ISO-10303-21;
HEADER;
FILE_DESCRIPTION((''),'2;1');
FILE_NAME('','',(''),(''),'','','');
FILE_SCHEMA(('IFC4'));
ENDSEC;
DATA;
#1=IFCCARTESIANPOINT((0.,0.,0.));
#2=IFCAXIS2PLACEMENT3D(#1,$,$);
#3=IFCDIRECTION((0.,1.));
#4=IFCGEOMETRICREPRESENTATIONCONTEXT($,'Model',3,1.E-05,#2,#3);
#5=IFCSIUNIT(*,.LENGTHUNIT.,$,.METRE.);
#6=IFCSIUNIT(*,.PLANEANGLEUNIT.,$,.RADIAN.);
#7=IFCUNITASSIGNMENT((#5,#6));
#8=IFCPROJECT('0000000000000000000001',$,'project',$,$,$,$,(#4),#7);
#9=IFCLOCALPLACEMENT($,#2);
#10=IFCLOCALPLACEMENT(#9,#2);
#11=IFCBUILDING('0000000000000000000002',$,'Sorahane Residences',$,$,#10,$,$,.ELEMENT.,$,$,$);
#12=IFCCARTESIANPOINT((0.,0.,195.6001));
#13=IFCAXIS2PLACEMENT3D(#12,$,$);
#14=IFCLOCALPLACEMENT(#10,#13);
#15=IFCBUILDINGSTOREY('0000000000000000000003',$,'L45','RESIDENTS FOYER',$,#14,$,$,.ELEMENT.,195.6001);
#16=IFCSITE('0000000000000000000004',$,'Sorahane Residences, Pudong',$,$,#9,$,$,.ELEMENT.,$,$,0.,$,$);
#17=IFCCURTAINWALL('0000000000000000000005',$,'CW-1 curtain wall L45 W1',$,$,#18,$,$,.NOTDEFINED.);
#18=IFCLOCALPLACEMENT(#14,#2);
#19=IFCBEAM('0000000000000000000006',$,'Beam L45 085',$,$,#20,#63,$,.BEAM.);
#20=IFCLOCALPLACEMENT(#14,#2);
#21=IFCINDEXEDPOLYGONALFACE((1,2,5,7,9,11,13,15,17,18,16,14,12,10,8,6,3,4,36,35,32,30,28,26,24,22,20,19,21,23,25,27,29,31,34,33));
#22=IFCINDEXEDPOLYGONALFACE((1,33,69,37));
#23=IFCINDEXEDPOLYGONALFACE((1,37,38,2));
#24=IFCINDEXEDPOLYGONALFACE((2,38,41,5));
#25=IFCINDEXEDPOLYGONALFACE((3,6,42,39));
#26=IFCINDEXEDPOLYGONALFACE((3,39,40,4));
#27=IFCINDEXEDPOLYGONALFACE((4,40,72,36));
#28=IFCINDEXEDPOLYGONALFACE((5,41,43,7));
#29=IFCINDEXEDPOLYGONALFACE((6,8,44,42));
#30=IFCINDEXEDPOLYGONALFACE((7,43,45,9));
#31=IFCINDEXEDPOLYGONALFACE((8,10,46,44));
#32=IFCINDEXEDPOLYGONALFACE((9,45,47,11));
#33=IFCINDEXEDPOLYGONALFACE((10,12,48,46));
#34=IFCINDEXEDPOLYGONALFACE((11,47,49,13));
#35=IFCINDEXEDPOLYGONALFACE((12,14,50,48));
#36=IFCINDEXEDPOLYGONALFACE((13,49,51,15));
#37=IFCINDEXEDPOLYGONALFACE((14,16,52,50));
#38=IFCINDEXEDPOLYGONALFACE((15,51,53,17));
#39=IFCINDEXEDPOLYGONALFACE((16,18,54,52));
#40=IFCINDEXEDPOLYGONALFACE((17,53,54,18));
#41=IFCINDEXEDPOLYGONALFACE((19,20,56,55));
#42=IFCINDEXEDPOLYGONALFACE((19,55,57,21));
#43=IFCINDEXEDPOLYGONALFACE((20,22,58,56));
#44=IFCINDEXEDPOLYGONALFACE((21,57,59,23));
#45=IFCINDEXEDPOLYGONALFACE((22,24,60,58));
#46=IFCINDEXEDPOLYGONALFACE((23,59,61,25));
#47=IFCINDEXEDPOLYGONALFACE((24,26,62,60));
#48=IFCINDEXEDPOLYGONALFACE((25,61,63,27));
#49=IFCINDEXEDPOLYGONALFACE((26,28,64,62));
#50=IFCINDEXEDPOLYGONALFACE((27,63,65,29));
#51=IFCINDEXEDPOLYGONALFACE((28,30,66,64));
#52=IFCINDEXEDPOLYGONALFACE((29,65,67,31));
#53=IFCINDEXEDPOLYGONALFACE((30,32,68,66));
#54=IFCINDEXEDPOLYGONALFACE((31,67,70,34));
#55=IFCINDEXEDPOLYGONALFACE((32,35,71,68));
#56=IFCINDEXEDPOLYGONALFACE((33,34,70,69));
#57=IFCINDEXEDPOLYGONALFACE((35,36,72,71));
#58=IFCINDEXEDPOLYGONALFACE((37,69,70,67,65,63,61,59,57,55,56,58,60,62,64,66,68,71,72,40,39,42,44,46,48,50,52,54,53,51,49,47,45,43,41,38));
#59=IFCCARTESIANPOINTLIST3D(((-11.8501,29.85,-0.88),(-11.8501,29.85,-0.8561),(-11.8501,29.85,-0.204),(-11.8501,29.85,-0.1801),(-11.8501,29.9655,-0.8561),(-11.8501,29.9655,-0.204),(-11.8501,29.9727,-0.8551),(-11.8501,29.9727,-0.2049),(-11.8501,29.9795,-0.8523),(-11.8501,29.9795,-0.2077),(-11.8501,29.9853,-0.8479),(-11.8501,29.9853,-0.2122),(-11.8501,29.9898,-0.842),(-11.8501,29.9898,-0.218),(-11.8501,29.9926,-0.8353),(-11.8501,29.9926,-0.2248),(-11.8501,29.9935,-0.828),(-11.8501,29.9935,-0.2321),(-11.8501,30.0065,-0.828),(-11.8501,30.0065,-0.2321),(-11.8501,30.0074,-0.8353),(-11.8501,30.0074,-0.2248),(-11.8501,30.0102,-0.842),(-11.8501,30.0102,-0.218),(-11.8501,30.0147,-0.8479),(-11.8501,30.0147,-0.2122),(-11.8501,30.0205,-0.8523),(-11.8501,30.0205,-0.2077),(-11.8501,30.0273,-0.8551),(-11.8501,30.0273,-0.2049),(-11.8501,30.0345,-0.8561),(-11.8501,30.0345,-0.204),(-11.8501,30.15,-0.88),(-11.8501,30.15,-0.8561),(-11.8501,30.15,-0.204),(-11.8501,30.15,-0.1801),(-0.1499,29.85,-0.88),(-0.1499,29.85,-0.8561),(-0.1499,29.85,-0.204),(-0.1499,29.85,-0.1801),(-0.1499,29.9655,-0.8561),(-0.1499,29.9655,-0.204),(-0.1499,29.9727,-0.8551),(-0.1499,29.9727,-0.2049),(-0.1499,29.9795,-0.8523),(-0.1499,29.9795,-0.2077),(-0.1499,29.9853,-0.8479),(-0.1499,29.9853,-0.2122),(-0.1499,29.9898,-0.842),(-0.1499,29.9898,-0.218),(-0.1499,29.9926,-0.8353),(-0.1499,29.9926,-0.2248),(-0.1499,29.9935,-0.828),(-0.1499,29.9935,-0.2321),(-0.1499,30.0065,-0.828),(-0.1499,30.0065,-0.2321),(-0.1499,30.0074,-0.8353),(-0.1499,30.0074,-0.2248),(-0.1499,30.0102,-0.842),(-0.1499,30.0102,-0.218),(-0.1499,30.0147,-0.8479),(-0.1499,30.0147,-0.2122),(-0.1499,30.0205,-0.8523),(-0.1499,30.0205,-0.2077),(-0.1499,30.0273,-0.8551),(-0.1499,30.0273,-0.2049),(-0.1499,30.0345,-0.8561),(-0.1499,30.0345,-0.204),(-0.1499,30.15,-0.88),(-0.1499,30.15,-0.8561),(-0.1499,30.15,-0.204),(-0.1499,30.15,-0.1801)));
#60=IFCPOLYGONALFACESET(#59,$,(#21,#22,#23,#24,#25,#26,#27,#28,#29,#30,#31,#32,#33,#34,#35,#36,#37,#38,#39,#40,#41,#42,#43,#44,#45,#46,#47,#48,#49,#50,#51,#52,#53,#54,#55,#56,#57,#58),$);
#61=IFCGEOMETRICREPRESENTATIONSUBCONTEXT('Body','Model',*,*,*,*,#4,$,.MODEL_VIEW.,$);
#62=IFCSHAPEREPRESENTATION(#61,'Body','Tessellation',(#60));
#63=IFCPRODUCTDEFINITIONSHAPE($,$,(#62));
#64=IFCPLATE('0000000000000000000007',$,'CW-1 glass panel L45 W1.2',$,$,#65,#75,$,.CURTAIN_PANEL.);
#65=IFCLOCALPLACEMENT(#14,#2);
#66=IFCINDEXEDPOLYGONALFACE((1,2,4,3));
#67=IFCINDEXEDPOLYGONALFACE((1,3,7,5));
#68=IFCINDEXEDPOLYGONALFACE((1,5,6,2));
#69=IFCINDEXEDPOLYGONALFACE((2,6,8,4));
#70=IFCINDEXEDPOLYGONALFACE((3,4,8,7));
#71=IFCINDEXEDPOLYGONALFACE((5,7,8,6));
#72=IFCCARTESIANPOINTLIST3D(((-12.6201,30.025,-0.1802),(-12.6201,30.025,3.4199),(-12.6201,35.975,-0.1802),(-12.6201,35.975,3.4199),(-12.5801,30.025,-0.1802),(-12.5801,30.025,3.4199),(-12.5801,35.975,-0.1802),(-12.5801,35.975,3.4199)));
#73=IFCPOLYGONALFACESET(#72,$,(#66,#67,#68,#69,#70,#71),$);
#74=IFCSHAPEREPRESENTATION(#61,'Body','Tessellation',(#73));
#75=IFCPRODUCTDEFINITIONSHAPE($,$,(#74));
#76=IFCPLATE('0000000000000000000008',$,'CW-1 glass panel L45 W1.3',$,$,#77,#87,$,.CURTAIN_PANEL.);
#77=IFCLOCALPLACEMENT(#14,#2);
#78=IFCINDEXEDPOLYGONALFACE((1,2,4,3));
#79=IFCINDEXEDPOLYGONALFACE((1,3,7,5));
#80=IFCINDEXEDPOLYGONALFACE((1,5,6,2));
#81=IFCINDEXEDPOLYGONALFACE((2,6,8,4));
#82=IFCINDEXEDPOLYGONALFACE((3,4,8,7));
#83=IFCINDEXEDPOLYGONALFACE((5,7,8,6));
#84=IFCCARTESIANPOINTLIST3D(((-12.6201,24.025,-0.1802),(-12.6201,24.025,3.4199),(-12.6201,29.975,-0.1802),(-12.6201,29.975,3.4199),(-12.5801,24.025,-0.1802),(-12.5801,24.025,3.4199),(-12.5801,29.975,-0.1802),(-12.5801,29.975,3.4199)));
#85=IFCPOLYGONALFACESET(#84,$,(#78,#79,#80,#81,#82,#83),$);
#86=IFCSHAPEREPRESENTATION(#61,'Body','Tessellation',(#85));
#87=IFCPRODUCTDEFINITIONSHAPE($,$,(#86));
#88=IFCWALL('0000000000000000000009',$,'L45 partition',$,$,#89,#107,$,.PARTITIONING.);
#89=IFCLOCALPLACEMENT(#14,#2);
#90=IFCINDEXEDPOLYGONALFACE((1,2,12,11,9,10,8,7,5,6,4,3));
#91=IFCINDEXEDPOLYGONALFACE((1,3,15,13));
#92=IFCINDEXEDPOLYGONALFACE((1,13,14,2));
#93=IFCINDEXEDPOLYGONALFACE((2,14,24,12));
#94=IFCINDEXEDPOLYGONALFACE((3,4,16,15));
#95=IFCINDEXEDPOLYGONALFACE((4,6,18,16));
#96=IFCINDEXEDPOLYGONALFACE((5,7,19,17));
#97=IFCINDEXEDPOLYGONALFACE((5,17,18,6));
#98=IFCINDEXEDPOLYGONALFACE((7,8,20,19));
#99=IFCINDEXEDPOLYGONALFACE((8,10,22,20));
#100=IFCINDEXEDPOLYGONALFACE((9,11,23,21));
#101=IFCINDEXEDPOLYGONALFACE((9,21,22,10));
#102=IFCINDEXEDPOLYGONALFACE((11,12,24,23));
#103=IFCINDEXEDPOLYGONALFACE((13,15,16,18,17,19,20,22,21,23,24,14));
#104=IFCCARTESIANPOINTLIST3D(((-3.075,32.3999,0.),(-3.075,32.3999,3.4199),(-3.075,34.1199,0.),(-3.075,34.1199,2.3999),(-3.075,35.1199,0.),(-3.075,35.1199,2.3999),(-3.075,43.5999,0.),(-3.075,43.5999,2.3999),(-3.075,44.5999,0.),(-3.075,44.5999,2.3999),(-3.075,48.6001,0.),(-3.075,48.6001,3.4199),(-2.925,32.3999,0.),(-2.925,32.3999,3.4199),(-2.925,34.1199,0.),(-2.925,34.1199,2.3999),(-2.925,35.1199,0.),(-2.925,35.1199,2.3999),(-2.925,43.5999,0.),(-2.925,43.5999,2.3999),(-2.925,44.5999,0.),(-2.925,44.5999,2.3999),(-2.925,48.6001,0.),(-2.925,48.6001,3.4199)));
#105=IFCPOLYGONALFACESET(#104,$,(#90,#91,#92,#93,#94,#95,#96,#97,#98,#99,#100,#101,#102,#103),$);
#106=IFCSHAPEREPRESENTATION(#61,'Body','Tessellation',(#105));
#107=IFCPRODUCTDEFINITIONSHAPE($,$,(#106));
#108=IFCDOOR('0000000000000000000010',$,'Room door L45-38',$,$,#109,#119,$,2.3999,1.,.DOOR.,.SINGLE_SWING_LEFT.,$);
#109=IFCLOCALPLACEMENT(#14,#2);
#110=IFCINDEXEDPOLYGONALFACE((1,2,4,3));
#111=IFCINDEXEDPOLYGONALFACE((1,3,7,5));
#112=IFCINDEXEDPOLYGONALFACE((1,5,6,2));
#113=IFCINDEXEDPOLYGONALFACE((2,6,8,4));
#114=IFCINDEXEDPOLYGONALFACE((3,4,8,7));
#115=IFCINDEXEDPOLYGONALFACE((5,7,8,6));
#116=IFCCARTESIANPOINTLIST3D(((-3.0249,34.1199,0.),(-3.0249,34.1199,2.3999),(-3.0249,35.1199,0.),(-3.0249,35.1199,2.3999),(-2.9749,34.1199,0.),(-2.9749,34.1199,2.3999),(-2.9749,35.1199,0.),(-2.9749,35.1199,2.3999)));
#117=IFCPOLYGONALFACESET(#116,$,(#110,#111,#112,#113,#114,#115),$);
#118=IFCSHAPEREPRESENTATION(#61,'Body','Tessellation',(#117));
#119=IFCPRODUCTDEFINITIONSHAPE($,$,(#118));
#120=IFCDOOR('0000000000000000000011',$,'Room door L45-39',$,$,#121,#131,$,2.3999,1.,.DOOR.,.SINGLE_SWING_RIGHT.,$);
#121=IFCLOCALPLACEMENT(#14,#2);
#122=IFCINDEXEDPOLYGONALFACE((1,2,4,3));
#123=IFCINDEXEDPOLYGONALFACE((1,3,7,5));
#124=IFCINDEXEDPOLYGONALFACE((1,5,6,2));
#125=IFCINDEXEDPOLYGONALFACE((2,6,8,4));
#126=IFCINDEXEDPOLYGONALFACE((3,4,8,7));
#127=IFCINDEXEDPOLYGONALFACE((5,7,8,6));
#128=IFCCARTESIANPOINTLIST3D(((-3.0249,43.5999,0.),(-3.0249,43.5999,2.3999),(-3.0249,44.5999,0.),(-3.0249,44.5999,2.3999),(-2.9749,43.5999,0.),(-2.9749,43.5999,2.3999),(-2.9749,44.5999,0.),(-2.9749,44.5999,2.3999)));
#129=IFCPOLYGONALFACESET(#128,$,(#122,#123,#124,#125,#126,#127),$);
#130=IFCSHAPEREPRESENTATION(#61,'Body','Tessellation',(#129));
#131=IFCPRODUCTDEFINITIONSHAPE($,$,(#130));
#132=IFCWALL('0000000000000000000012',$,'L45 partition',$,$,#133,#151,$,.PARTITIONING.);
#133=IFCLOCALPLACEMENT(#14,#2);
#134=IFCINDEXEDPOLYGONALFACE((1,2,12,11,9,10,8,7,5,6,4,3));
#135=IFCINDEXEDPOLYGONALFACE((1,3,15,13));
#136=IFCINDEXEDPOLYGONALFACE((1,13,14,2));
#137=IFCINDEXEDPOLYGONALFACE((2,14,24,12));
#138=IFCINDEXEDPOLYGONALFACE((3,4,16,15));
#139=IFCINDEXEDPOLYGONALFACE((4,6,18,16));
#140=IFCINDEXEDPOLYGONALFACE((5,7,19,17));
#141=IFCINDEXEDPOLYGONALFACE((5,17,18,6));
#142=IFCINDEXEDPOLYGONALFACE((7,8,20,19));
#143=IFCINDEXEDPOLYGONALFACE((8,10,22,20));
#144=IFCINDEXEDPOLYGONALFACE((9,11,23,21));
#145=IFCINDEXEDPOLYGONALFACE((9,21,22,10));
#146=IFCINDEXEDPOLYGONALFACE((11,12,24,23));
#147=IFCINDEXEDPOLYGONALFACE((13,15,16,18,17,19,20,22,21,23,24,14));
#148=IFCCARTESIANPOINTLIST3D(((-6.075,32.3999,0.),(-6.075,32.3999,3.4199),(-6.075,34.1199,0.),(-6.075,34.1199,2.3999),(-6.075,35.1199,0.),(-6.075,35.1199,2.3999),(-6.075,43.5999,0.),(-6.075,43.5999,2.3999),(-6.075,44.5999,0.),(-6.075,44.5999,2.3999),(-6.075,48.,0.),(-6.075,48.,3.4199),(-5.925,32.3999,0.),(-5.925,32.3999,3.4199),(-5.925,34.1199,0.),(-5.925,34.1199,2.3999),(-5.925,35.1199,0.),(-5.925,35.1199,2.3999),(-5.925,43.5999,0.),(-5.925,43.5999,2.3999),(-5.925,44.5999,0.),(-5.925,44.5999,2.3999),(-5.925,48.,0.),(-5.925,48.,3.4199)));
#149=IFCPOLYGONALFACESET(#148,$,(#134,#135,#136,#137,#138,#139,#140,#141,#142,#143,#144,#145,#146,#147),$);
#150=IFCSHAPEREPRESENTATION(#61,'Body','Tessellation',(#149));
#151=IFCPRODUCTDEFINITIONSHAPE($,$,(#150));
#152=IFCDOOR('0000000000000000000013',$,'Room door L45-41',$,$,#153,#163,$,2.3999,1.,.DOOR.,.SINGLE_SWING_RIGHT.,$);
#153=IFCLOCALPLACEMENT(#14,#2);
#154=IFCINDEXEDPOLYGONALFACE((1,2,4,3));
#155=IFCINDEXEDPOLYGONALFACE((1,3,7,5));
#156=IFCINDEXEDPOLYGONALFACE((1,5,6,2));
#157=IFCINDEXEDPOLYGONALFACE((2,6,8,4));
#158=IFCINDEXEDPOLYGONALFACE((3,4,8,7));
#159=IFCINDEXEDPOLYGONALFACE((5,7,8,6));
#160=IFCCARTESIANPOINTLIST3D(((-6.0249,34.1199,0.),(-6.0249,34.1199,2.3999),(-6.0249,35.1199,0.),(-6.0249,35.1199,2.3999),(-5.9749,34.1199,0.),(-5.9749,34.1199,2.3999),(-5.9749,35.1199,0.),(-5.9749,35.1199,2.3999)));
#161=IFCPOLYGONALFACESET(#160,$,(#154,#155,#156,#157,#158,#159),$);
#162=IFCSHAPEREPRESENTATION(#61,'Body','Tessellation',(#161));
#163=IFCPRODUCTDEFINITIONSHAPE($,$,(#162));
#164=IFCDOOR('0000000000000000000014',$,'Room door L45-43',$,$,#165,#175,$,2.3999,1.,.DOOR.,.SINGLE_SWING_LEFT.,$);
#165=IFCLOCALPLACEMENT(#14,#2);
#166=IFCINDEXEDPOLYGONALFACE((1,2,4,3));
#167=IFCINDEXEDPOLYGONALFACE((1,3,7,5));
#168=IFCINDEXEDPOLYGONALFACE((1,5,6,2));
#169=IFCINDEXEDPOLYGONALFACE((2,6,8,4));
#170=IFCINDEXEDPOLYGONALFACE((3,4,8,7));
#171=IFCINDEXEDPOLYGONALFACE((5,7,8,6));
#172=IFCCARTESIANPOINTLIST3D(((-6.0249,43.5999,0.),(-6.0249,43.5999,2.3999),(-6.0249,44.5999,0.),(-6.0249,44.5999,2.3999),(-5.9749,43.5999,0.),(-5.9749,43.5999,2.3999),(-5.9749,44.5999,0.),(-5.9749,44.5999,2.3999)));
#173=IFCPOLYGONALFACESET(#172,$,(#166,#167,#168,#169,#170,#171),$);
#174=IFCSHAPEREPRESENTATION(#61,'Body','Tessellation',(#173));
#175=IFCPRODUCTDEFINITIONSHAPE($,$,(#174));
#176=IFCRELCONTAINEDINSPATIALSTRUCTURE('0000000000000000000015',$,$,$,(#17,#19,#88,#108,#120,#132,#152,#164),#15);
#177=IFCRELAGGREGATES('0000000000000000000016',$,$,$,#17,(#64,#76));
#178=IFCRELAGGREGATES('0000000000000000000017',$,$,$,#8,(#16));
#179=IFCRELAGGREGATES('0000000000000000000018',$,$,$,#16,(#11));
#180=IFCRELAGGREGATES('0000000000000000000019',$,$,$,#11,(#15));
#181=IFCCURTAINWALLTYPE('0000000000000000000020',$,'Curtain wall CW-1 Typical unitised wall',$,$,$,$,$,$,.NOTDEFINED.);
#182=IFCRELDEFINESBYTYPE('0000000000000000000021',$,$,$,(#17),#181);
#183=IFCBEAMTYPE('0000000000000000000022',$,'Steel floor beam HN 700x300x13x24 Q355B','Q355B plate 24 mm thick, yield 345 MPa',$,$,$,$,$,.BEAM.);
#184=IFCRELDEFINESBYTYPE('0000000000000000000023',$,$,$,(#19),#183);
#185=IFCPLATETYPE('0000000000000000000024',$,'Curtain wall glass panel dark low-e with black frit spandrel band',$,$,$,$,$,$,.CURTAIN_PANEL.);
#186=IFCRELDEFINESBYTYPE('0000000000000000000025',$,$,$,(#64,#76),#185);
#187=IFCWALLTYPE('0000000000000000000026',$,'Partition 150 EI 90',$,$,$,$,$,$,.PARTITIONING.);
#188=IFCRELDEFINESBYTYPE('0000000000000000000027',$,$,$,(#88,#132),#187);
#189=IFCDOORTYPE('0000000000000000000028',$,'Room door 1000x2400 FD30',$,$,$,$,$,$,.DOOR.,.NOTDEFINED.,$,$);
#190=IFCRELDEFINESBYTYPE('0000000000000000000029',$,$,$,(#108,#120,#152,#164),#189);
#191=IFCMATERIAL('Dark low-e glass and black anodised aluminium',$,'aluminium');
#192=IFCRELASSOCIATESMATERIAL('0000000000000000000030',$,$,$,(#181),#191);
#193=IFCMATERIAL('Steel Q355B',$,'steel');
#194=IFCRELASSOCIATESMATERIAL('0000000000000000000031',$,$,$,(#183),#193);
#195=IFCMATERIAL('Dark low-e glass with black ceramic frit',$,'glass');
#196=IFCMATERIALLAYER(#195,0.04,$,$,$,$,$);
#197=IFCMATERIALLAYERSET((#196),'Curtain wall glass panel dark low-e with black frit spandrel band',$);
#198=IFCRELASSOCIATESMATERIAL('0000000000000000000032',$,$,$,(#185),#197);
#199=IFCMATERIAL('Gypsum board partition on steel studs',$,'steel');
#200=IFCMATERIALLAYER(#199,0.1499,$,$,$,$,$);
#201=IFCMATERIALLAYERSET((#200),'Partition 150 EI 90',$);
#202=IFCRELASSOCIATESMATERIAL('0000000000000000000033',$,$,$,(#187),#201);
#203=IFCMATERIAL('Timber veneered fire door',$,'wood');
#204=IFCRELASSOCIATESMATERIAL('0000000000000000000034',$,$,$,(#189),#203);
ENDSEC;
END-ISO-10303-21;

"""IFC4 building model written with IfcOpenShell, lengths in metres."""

from ifc_helpers import new_model, si_unit, direction, frame, frame_2d, origin, origin_2d, place, context, subcontext, project, spatial, rectangle, i_section, extrude, material, layer, layer_set, material_profile, profile_set, type_object, element, fill, aggregate, save


model = new_model("IFC4")

# Units and contexts
model_context = context("Model", 3, precision=1e-05, world=origin(), true_north=direction((0.0, 1.0)))
body_context = subcontext(model_context, "Body", "Model", "MODEL_VIEW")
ifc_project = project(units=[si_unit("LENGTHUNIT", "METRE"), si_unit("PLANEANGLEUNIT", "RADIAN")], contexts=[model_context])

# Site, building, storey
site_placement = place(None, origin())
site = spatial("IfcSite", under=ifc_project, at=site_placement, Name="Sorahane Residences, Pudong", CompositionType="ELEMENT", RefElevation=0.0)
building_placement = place(site_placement, origin())
building = spatial("IfcBuilding", under=site, at=building_placement, Name="Sorahane Residences", CompositionType="ELEMENT")
storey_placement = place(building_placement, frame((0.0, 0.0, 195.6001)))
storey = spatial("IfcBuildingStorey", under=building, at=storey_placement, Name="L45", Description="RESIDENTS FOYER", CompositionType="ELEMENT", Elevation=195.6001)

# Curtain wall
ifc_material_1 = material(Name="Dark low-e glass and black anodised aluminium", Category="aluminium")
curtain_wall_type = type_object("IfcCurtainWallType", Name="Curtain wall CW-1 Typical unitised wall", PredefinedType="NOTDEFINED", material=ifc_material_1)
curtain_wall_placement = place(storey_placement, origin())
curtain_wall = element("IfcCurtainWall", 1, at=curtain_wall_placement, inside=storey, type_object=curtain_wall_type, Name="CW-1 curtain wall L45 W1", PredefinedType="NOTDEFINED")

# Beam
ifc_material_2 = material(Name="Steel Q355B", Category="steel")
ifc_material_profile_1 = material_profile(ifc_material_2, i_section(OverallWidth=0.3, OverallDepth=0.7, WebThickness=0.0129, FlangeThickness=0.0239, FilletRadius=0.0281, at=origin_2d()), Name="HN 700x300x13x24")
ifc_profile_set_1 = profile_set([ifc_material_profile_1], Name="Steel Q355B")
beam_type_1 = type_object("IfcBeamType", Name="Steel floor beam HN 700x300x13x24 Q355B", Description="Q355B plate 24 mm thick, yield 345 MPa", PredefinedType="BEAM", material=ifc_profile_set_1)
beam_1_placement = place(storey_placement, frame((-11.8501, 30.0, -0.53), z_axis=(1.0, 0.0, 0.0), x_axis=(0.0, 1.0, 0.0)))
element("IfcBeam", 2, at=beam_1_placement, inside=storey, type_object=beam_type_1, Name="Beam L45 085", PredefinedType="BEAM", context=body_context, shape_type="SweptSolid", body=[
    extrude(i_section(OverallWidth=0.3, OverallDepth=0.7, WebThickness=0.0129, FlangeThickness=0.0239, FilletRadius=0.0281, at=origin_2d()), origin(), (0.0, 0.0, 1.0), 11.7002),
])

# Plates
ifc_material_3 = material(Name="Dark low-e glass with black ceramic frit", Category="glass")
ifc_layer_1 = layer(ifc_material_3, 0.04)
ifc_layer_set_1 = layer_set([ifc_layer_1], Name="Curtain wall glass panel dark low-e with black frit spandrel band")
plate_type = type_object("IfcPlateType", Name="Curtain wall glass panel dark low-e with black frit spandrel band", PredefinedType="CURTAIN_PANEL", material=ifc_layer_set_1)
plate_1_placement = place(storey_placement, frame((-12.6001, 33.0, -0.1802), z_axis=(0.0, 0.0, 1.0), x_axis=(0.0, -1.0, 0.0)))
plate_1 = element("IfcPlate", 3, at=plate_1_placement, type_object=plate_type, Name="CW-1 glass panel L45 W1.2", PredefinedType="CURTAIN_PANEL", context=body_context, shape_type="SweptSolid", body=[
    extrude(rectangle(XDim=5.95, YDim=0.04, at=origin_2d()), origin(), (0.0, 0.0, 1.0), 3.6001),
])
plate_2_placement = place(storey_placement, frame((-12.6001, 27.0, -0.1802), z_axis=(0.0, 0.0, 1.0), x_axis=(0.0, -1.0, 0.0)))
plate_2 = element("IfcPlate", 4, at=plate_2_placement, type_object=plate_type, Name="CW-1 glass panel L45 W1.3", PredefinedType="CURTAIN_PANEL", context=body_context, shape_type="SweptSolid", body=[
    extrude(rectangle(XDim=5.95, YDim=0.04, at=origin_2d()), origin(), (0.0, 0.0, 1.0), 3.6001),
])
aggregate(curtain_wall, [plate_1, plate_2])

# Walls, openings, doors
ifc_material_4 = material(Name="Gypsum board partition on steel studs", Category="steel")
ifc_layer_2 = layer(ifc_material_4, 0.1499)
ifc_layer_set_2 = layer_set([ifc_layer_2], Name="Partition 150 EI 90")
wall_type_1 = type_object("IfcWallType", Name="Partition 150 EI 90", PredefinedType="PARTITIONING", material=ifc_layer_set_2)
wall_1_placement = place(storey_placement, frame((-3.0, 32.3999, 0.0), z_axis=(0.0, 0.0, 1.0), x_axis=(0.0, 1.0, 0.0)))
wall_1 = element("IfcWall", 5, at=wall_1_placement, inside=storey, type_object=wall_type_1, Name="L45 partition", PredefinedType="PARTITIONING", context=body_context, shape_type="SweptSolid", body=[
    extrude(rectangle(XDim=16.2002, YDim=0.1499, at=frame_2d((8.1001, 0.0))), origin(), (0.0, 0.0, 1.0), 3.4199),
])
opening_1_placement = place(wall_1_placement, frame((1.72, 0.0, 0.0)))
opening_1 = element("IfcOpeningElement", 6, at=opening_1_placement, cuts=wall_1, PredefinedType="OPENING", context=body_context, shape_type="SweptSolid", body=[
    extrude(rectangle(XDim=1.0, YDim=2.3999, at=frame_2d((0.5, 1.2))), frame((0.0, 0.085, 0.0), z_axis=(0.0, -1.0, 0.0), x_axis=(1.0, 0.0, 0.0)), (0.0, 0.0, 1.0), 0.1699),
])
opening_2_placement = place(wall_1_placement, frame((11.2, 0.0, 0.0)))
opening_2 = element("IfcOpeningElement", 7, at=opening_2_placement, cuts=wall_1, PredefinedType="OPENING", context=body_context, shape_type="SweptSolid", body=[
    extrude(rectangle(XDim=1.0, YDim=2.3999, at=frame_2d((0.5, 1.2))), frame((0.0, 0.085, 0.0), z_axis=(0.0, -1.0, 0.0), x_axis=(1.0, 0.0, 0.0)), (0.0, 0.0, 1.0), 0.1699),
])
ifc_material_5 = material(Name="Timber veneered fire door", Category="wood")
door_type_1 = type_object("IfcDoorType", Name="Room door 1000x2400 FD30", OperationType="NOTDEFINED", PredefinedType="DOOR", material=ifc_material_5)
door_1_placement = place(opening_1_placement, origin())
door_1 = element("IfcDoor", 8, at=door_1_placement, inside=storey, type_object=door_type_1, Name="Room door L45-38", OperationType="SINGLE_SWING_LEFT", OverallHeight=2.3999, OverallWidth=1.0, PredefinedType="DOOR", context=body_context, shape_type="SweptSolid", body=[
    extrude(rectangle(XDim=1.0, YDim=2.3999, at=frame_2d((0.5, 1.2))), frame((0.0, 0.0249, 0.0), z_axis=(0.0, -1.0, 0.0), x_axis=(1.0, 0.0, 0.0)), (0.0, 0.0, 1.0), 0.05),
])
fill(opening_1, door_1)
door_2_placement = place(opening_2_placement, origin())
door_2 = element("IfcDoor", 9, at=door_2_placement, inside=storey, type_object=door_type_1, Name="Room door L45-39", OperationType="SINGLE_SWING_RIGHT", OverallHeight=2.3999, OverallWidth=1.0, PredefinedType="DOOR", context=body_context, shape_type="SweptSolid", body=[
    extrude(rectangle(XDim=1.0, YDim=2.3999, at=frame_2d((0.5, 1.2))), frame((0.0, 0.0249, 0.0), z_axis=(0.0, -1.0, 0.0), x_axis=(1.0, 0.0, 0.0)), (0.0, 0.0, 1.0), 0.05),
])
fill(opening_2, door_2)
wall_2_placement = place(storey_placement, frame((-6.0, 32.3999, 0.0), z_axis=(0.0, 0.0, 1.0), x_axis=(0.0, 1.0, 0.0)))
wall_2 = element("IfcWall", 10, at=wall_2_placement, inside=storey, type_object=wall_type_1, Name="L45 partition", PredefinedType="PARTITIONING", context=body_context, shape_type="SweptSolid", body=[
    extrude(rectangle(XDim=15.6001, YDim=0.1499, at=frame_2d((7.8, 0.0))), origin(), (0.0, 0.0, 1.0), 3.4199),
])
opening_3_placement = place(wall_2_placement, frame((1.72, 0.0, 0.0)))
opening_3 = element("IfcOpeningElement", 11, at=opening_3_placement, cuts=wall_2, PredefinedType="OPENING", context=body_context, shape_type="SweptSolid", body=[
    extrude(rectangle(XDim=1.0, YDim=2.3999, at=frame_2d((0.5, 1.2))), frame((0.0, 0.085, 0.0), z_axis=(0.0, -1.0, 0.0), x_axis=(1.0, 0.0, 0.0)), (0.0, 0.0, 1.0), 0.1699),
])
opening_4_placement = place(wall_2_placement, frame((11.2, 0.0, 0.0)))
opening_4 = element("IfcOpeningElement", 12, at=opening_4_placement, cuts=wall_2, PredefinedType="OPENING", context=body_context, shape_type="SweptSolid", body=[
    extrude(rectangle(XDim=1.0, YDim=2.3999, at=frame_2d((0.5, 1.2))), frame((0.0, 0.085, 0.0), z_axis=(0.0, -1.0, 0.0), x_axis=(1.0, 0.0, 0.0)), (0.0, 0.0, 1.0), 0.1699),
])
door_3_placement = place(opening_3_placement, origin())
door_3 = element("IfcDoor", 13, at=door_3_placement, inside=storey, type_object=door_type_1, Name="Room door L45-41", OperationType="SINGLE_SWING_RIGHT", OverallHeight=2.3999, OverallWidth=1.0, PredefinedType="DOOR", context=body_context, shape_type="SweptSolid", body=[
    extrude(rectangle(XDim=1.0, YDim=2.3999, at=frame_2d((0.5, 1.2))), frame((0.0, 0.0249, 0.0), z_axis=(0.0, -1.0, 0.0), x_axis=(1.0, 0.0, 0.0)), (0.0, 0.0, 1.0), 0.05),
])
fill(opening_3, door_3)
door_4_placement = place(opening_4_placement, origin())
door_4 = element("IfcDoor", 14, at=door_4_placement, inside=storey, type_object=door_type_1, Name="Room door L45-43", OperationType="SINGLE_SWING_LEFT", OverallHeight=2.3999, OverallWidth=1.0, PredefinedType="DOOR", context=body_context, shape_type="SweptSolid", body=[
    extrude(rectangle(XDim=1.0, YDim=2.3999, at=frame_2d((0.5, 1.2))), frame((0.0, 0.0249, 0.0), z_axis=(0.0, -1.0, 0.0), x_axis=(1.0, 0.0, 0.0)), (0.0, 0.0, 1.0), 0.05),
])
fill(opening_4, door_4)

save(model, "model.ifc")
